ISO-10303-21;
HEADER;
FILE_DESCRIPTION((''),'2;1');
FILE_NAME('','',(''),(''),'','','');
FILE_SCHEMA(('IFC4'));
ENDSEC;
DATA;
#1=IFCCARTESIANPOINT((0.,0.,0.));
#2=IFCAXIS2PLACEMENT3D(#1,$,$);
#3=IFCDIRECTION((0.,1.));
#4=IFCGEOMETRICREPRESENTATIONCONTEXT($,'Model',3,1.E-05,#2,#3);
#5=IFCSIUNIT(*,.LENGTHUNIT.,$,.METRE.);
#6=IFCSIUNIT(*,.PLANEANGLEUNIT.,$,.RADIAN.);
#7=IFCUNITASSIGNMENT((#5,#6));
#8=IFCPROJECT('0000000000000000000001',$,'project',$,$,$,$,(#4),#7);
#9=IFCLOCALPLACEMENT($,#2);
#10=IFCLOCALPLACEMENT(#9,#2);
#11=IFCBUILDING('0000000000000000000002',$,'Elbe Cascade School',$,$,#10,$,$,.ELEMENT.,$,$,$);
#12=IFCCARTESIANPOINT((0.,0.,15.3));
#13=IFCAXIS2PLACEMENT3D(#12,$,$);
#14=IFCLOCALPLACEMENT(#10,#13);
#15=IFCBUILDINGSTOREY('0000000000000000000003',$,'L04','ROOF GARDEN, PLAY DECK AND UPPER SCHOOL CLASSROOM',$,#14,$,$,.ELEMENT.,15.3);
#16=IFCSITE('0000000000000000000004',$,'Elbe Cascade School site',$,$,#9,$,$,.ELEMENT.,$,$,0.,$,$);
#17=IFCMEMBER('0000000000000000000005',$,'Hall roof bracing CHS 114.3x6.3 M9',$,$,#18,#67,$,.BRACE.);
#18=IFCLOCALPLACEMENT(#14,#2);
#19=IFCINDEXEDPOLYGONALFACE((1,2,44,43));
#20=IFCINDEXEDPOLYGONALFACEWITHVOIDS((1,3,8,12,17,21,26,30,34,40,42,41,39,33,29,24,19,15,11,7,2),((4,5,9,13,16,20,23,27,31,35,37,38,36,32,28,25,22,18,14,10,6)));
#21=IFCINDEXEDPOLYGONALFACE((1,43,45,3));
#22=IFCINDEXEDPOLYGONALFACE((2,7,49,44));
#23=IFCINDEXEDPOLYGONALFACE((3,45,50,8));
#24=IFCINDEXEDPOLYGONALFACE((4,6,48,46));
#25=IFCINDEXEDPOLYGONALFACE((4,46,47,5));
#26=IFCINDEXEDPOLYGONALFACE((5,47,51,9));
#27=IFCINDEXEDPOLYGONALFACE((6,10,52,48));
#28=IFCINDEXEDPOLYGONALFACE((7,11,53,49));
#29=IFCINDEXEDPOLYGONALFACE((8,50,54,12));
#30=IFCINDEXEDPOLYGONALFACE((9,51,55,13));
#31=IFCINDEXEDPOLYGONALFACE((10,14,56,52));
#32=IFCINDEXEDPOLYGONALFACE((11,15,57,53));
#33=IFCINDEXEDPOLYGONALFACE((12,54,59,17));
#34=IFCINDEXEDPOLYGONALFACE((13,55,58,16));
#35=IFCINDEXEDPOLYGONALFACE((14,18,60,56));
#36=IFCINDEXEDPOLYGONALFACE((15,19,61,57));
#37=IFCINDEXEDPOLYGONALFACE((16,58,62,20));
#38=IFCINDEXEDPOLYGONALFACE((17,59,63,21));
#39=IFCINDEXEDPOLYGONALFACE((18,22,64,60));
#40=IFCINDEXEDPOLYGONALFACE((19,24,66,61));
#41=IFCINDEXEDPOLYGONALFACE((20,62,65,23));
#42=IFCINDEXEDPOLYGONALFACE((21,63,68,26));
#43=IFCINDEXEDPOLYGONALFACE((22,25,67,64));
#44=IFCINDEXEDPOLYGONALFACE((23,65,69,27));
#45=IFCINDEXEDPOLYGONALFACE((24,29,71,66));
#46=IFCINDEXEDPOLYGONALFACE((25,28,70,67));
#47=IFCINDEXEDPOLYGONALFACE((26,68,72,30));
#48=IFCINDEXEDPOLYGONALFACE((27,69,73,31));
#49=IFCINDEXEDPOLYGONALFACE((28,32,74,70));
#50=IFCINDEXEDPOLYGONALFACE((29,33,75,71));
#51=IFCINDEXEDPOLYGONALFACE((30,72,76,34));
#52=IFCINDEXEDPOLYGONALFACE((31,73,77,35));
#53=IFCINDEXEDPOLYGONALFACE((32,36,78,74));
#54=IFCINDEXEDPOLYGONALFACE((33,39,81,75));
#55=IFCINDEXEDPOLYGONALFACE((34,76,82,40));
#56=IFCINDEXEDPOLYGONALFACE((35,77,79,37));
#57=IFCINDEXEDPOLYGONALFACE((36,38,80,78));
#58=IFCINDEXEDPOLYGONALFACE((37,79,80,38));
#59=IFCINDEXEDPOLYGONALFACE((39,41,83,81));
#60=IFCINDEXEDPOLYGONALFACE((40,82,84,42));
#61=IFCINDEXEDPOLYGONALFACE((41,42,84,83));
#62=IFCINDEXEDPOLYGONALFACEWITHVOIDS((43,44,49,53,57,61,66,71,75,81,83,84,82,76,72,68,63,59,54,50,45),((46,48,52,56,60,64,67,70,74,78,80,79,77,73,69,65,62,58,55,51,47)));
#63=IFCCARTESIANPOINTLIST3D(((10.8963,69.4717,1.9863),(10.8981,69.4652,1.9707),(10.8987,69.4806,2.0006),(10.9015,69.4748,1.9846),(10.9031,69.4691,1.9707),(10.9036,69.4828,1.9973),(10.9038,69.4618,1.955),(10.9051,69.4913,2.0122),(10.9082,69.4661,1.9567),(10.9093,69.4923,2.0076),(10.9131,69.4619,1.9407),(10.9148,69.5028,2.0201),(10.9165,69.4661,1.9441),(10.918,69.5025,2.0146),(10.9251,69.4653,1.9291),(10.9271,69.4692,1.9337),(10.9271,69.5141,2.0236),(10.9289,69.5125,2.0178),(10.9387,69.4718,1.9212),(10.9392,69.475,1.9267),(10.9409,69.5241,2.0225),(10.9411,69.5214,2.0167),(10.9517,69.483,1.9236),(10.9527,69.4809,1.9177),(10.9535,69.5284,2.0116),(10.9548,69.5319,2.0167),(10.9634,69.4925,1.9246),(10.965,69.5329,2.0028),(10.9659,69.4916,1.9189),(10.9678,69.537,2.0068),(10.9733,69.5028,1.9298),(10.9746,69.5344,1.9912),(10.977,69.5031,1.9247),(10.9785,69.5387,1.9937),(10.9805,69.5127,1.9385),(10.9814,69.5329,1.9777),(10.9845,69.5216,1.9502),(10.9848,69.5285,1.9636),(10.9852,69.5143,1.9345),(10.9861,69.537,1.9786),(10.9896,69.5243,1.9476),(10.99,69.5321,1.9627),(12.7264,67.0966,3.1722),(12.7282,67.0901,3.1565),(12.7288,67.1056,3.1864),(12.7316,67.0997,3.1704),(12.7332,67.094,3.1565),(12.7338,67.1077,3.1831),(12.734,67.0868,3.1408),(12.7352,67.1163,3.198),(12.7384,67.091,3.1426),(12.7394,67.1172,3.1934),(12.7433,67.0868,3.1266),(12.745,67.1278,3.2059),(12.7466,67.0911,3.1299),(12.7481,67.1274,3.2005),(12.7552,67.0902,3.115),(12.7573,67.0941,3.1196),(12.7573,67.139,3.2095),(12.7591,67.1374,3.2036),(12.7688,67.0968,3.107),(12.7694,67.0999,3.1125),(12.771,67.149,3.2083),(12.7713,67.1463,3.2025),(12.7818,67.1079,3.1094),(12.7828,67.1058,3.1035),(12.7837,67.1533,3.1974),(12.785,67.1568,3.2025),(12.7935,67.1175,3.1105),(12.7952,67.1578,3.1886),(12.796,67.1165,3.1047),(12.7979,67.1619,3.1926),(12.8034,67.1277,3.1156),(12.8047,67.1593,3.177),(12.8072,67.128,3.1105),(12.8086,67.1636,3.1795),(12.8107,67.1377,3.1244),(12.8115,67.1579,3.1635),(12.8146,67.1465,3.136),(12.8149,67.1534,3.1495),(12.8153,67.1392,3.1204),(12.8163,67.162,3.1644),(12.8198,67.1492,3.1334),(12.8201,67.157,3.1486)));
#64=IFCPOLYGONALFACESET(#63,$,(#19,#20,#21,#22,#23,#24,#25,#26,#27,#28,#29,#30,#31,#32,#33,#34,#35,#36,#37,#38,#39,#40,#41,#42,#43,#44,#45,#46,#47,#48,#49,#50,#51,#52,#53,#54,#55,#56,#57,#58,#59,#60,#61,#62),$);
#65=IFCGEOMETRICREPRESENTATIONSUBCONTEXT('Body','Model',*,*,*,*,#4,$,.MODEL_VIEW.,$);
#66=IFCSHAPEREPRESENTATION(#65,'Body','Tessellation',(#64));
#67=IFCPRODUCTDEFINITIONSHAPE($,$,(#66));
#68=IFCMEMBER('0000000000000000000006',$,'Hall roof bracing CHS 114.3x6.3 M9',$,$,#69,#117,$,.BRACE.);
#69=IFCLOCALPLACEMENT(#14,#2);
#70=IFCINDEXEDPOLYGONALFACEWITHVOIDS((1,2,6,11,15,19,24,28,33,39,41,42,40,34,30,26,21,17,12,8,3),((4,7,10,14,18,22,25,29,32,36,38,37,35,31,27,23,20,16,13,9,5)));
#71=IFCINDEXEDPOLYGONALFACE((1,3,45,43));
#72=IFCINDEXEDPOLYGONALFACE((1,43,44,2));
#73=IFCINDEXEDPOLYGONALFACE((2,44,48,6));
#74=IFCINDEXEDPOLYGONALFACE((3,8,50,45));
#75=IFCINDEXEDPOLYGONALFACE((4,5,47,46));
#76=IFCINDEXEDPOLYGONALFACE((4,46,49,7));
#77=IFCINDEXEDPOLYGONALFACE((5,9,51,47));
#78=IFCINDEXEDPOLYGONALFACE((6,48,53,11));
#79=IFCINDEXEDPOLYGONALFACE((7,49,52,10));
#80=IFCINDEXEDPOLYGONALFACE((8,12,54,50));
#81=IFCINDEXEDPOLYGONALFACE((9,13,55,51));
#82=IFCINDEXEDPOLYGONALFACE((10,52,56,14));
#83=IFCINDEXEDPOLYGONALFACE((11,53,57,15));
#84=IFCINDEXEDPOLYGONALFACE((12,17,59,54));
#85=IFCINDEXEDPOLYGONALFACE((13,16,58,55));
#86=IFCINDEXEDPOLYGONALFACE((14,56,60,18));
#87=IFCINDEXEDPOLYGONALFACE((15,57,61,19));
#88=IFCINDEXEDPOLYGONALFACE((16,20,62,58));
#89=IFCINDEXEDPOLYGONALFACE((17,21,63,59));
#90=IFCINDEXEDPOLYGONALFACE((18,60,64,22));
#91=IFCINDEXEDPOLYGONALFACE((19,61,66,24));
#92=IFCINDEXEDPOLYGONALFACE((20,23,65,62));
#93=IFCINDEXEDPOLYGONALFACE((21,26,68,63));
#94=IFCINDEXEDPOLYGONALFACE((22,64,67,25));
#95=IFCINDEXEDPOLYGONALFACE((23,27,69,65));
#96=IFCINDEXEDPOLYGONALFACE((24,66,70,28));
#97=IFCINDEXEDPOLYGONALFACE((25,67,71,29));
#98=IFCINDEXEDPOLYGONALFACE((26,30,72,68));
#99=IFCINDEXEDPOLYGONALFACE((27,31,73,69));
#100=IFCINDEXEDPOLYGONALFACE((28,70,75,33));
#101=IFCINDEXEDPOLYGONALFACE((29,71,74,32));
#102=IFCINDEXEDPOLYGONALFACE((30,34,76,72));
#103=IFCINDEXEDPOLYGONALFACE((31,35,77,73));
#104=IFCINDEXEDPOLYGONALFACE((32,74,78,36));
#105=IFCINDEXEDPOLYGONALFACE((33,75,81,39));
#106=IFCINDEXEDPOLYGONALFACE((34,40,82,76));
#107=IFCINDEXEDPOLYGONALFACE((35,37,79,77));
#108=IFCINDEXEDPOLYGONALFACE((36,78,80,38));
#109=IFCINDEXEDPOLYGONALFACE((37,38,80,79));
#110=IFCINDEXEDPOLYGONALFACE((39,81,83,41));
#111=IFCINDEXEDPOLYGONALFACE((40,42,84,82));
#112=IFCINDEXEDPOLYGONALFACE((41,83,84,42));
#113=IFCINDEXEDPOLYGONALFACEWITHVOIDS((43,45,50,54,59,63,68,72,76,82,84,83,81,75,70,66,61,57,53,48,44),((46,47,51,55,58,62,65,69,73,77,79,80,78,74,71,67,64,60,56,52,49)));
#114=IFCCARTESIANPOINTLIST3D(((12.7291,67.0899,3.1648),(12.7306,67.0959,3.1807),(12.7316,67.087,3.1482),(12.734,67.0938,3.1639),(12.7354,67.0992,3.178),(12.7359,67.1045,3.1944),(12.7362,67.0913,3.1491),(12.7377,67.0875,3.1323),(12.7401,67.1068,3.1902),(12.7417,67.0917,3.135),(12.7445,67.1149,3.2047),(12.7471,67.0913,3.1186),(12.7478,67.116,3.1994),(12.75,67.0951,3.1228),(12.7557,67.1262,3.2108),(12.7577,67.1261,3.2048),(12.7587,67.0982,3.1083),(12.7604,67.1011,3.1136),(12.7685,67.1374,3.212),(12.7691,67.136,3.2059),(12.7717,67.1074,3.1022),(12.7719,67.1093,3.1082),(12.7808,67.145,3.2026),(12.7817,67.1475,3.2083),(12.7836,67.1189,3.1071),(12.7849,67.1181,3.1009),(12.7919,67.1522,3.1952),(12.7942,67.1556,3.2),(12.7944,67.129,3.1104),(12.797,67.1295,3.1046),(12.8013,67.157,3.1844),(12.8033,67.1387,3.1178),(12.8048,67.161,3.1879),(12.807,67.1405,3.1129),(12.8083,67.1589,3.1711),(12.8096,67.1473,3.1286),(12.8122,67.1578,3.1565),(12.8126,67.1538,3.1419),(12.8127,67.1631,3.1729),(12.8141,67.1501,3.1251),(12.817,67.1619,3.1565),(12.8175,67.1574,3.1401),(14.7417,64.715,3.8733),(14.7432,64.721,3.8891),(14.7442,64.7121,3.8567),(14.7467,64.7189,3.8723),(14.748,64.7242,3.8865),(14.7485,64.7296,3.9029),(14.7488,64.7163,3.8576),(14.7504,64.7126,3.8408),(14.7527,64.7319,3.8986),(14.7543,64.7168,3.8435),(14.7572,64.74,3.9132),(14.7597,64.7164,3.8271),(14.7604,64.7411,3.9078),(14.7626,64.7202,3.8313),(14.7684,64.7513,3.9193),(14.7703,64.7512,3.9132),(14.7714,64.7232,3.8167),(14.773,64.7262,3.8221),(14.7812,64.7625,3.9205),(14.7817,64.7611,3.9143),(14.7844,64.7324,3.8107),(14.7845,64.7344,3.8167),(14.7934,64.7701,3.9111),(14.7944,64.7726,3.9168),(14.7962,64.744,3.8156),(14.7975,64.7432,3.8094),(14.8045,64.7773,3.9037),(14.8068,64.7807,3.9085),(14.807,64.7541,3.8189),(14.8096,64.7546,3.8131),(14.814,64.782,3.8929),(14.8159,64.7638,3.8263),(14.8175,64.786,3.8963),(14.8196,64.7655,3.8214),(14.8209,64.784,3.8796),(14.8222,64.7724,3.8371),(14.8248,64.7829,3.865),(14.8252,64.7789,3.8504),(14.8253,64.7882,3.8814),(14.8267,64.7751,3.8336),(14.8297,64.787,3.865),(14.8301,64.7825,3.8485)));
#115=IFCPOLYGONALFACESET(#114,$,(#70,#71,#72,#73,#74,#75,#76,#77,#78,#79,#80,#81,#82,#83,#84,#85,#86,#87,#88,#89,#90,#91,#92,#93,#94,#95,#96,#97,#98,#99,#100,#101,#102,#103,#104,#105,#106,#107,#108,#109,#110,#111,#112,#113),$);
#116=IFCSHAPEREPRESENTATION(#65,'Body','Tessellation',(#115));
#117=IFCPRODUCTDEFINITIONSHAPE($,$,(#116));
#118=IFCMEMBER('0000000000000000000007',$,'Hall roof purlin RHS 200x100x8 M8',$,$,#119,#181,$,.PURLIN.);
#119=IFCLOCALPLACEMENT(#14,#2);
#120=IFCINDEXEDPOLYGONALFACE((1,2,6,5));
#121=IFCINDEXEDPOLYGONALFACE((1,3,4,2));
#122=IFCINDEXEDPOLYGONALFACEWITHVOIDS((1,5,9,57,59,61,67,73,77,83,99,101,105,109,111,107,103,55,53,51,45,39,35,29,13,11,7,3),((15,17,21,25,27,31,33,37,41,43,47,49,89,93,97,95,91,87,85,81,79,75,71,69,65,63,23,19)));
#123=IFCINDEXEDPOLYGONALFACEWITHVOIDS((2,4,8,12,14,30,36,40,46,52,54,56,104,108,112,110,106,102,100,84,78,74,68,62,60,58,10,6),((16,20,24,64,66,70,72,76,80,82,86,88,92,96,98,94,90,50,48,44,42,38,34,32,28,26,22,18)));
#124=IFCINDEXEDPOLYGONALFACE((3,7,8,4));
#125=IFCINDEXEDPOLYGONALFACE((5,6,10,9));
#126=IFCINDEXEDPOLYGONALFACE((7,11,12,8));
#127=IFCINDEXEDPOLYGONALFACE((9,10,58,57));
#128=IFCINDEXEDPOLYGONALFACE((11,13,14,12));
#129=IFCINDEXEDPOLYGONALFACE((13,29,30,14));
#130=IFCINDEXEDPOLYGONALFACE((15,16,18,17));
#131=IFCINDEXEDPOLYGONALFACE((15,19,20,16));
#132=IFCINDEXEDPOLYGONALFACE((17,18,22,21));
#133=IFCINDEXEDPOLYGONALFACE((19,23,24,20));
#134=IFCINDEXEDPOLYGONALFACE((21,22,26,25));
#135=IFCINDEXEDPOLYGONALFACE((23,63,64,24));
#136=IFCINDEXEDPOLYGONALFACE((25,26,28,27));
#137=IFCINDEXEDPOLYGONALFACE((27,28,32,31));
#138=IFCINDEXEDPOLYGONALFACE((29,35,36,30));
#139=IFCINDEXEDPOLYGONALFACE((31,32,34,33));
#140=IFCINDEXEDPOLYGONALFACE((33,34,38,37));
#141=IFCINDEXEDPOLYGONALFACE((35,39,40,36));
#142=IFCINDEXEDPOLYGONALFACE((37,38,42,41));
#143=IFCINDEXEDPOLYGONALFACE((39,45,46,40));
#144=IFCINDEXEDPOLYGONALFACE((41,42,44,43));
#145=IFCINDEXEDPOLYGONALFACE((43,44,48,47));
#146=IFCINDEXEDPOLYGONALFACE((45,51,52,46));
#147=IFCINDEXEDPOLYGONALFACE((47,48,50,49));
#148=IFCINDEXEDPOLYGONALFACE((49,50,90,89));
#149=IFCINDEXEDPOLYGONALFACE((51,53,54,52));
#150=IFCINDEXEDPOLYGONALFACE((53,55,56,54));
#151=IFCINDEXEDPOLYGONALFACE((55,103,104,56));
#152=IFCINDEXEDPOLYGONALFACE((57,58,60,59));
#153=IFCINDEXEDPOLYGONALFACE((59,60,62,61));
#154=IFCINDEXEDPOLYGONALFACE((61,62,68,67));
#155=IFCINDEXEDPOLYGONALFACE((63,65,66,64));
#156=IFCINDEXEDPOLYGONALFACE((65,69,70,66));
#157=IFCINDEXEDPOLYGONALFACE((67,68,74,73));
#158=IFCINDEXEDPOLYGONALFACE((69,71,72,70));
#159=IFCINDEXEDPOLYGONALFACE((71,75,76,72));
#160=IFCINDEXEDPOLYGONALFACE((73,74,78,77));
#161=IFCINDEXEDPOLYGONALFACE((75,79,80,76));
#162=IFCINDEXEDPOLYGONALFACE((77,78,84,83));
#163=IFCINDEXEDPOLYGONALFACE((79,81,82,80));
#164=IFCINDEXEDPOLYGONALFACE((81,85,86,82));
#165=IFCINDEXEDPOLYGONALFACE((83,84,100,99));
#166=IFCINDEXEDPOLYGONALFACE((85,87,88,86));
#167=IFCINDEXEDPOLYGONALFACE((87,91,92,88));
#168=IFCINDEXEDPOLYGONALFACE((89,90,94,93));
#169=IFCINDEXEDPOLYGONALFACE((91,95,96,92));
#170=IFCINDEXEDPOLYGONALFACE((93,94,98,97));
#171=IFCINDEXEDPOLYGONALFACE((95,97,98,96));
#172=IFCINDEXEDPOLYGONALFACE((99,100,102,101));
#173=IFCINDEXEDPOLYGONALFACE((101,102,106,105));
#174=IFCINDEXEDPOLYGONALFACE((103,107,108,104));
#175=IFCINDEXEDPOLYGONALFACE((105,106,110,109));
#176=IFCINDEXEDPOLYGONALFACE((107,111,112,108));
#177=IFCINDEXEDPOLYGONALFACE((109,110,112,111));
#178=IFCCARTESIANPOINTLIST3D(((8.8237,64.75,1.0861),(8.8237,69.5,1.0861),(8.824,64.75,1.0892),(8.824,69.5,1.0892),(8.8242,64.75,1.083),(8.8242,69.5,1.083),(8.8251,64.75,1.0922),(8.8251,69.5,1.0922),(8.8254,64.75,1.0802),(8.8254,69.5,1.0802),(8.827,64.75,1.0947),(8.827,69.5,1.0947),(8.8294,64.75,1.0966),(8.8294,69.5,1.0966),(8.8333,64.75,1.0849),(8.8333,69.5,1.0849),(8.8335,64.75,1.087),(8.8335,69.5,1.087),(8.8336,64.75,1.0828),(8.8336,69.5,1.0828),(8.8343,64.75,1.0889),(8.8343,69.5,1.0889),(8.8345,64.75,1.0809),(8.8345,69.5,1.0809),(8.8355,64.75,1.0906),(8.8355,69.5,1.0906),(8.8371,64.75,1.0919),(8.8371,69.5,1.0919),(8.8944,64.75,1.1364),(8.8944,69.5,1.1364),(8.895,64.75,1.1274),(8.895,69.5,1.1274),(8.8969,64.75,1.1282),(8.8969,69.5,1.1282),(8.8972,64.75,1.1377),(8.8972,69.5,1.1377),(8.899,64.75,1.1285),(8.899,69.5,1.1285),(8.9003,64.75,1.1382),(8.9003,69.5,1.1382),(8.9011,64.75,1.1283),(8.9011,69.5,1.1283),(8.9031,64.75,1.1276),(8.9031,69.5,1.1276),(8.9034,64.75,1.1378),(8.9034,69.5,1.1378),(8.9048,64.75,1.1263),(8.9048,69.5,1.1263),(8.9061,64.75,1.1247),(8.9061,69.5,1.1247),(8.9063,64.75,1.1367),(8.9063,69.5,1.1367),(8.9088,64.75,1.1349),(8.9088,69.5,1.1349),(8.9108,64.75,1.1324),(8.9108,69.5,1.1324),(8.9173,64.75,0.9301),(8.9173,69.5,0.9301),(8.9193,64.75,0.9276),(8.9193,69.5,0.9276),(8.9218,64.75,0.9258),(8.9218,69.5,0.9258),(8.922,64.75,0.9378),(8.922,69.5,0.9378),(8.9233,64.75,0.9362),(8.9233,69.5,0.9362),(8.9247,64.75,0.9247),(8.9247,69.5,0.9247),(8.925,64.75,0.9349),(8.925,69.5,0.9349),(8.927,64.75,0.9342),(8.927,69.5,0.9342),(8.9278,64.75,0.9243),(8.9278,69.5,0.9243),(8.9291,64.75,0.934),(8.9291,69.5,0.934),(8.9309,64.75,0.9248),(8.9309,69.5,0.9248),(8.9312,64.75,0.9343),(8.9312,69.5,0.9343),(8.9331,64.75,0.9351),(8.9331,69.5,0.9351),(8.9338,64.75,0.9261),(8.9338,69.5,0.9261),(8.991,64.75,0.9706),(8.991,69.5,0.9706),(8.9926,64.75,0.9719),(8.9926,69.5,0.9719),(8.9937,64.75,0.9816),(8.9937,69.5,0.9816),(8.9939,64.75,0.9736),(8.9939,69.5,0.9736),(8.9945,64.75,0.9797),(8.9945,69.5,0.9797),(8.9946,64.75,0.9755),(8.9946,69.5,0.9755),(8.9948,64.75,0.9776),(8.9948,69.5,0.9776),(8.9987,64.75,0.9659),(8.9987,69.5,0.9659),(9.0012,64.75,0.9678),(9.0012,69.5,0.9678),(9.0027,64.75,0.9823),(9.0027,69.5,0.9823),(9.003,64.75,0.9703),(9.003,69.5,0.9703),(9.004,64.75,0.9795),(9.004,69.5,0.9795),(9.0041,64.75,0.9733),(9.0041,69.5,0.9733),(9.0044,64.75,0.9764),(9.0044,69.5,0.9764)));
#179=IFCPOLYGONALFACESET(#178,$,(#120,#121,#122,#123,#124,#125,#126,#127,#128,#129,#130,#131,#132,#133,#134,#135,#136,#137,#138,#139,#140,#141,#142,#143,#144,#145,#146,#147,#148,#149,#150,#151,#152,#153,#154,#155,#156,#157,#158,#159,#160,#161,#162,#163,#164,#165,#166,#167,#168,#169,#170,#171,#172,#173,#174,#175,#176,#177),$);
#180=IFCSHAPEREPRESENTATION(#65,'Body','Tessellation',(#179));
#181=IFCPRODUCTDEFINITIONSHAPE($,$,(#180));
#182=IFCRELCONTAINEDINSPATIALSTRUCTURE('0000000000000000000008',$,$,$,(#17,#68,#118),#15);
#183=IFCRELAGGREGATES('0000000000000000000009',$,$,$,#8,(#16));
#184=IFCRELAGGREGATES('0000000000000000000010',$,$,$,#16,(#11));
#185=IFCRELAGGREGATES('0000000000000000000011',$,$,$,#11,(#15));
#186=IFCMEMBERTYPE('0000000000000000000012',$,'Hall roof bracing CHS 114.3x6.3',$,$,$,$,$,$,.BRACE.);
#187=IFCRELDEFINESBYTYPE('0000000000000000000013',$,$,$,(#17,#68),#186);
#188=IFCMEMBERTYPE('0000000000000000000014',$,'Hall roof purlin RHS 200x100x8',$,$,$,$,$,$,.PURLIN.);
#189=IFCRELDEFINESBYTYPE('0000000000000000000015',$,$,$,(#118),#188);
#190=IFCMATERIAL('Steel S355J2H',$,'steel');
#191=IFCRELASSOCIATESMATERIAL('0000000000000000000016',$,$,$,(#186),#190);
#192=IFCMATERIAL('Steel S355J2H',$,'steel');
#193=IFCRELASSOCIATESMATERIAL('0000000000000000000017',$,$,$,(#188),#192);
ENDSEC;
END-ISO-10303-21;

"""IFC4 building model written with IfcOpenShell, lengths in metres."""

from ifc_helpers import new_model, si_unit, direction, frame, origin, origin_2d, place, context, subcontext, project, spatial, hollow_rectangle, hollow_circle, extrude, material, material_profile, profile_set, type_object, element, save


model = new_model("IFC4")

# Units and contexts
model_context = context("Model", 3, precision=1e-05, world=origin(), true_north=direction((0.0, 1.0)))
body_context = subcontext(model_context, "Body", "Model", "MODEL_VIEW")
ifc_project = project(units=[si_unit("LENGTHUNIT", "METRE"), si_unit("PLANEANGLEUNIT", "RADIAN")], contexts=[model_context])

# Site, building, storey
site_placement = place(None, origin())
site = spatial("IfcSite", under=ifc_project, at=site_placement, Name="Elbe Cascade School site", CompositionType="ELEMENT", RefElevation=0.0)
building_placement = place(site_placement, origin())
building = spatial("IfcBuilding", under=site, at=building_placement, Name="Elbe Cascade School", CompositionType="ELEMENT")
storey_placement = place(building_placement, frame((0.0, 0.0, 15.3)))
storey = spatial("IfcBuildingStorey", under=building, at=storey_placement, Name="L04", Description="ROOF GARDEN, PLAY DECK AND UPPER SCHOOL CLASSROOM", CompositionType="ELEMENT", Elevation=15.3)

# Members
ifc_material_1 = material(Name="Steel S355J2H", Category="steel")
ifc_material_profile_1 = material_profile(ifc_material_1, hollow_circle(Radius=0.0571, WallThickness=0.0063, at=origin_2d()), Name="CHS 114.3x6.3")
ifc_profile_set_1 = profile_set([ifc_material_profile_1], Name="Steel S355J2H")
member_type_1 = type_object("IfcMemberType", Name="Hall roof bracing CHS 114.3x6.3", PredefinedType="BRACE", material=ifc_profile_set_1)
member_1_placement = place(storey_placement, frame((12.7734, 67.125, 3.1565), z_axis=(-0.567595, 0.736601, -0.36777), x_axis=(-0.792115, -0.610372, 0.0)))
element("IfcMember", 1, at=member_1_placement, inside=storey, type_object=member_type_1, Name="Hall roof bracing CHS 114.3x6.3 M9", PredefinedType="BRACE", context=body_context, shape_type="SweptSolid", body=[
    extrude(hollow_circle(Radius=0.0571, WallThickness=0.0063, at=origin_2d()), origin(), (0.0, 0.0, 1.0), 3.2244),
])
member_2_placement = place(storey_placement, frame((12.7734, 67.125, 3.1565), z_axis=(0.630399, -0.743877, 0.221909), x_axis=(0.762898, 0.646519, 0.0)))
element("IfcMember", 2, at=member_2_placement, inside=storey, type_object=member_type_1, Name="Hall roof bracing CHS 114.3x6.3 M9", PredefinedType="BRACE", context=body_context, shape_type="SweptSolid", body=[
    extrude(hollow_circle(Radius=0.0571, WallThickness=0.0063, at=origin_2d()), origin(), (0.0, 0.0, 1.0), 3.1926),
])
ifc_material_2 = material(Name="Steel S355J2H", Category="steel")
ifc_material_profile_2 = material_profile(ifc_material_2, hollow_rectangle(XDim=0.1001, YDim=0.2, WallThickness=0.0081, InnerFilletRadius=0.0081, OuterFilletRadius=0.012, at=origin_2d()), Name="RHS 200x100x8")
ifc_profile_set_2 = profile_set([ifc_material_profile_2], Name="Steel S355J2H")
member_type_2 = type_object("IfcMemberType", Name="Hall roof purlin RHS 200x100x8", PredefinedType="PURLIN", material=ifc_profile_set_2)
for number, where, z_axis, x_axis, name in (
    (3, (8.9141, 64.75, 1.0312), (0.0, 1.0, 0.0), (-0.852941, 0.0, -0.522008), "Hall roof purlin RHS 200x100x8 M8"),
):
    element("IfcMember", number, at=place(storey_placement, frame(where, z_axis=z_axis, x_axis=x_axis)), inside=storey, type_object=member_type_2, Name=name, PredefinedType="PURLIN", context=body_context, shape_type="SweptSolid", body=[
        extrude(hollow_rectangle(XDim=0.1001, YDim=0.2, WallThickness=0.0081, InnerFilletRadius=0.0081, OuterFilletRadius=0.012, at=origin_2d()), origin(), (0.0, 0.0, 1.0), 4.75),
    ])

save(model, "model.ifc")
